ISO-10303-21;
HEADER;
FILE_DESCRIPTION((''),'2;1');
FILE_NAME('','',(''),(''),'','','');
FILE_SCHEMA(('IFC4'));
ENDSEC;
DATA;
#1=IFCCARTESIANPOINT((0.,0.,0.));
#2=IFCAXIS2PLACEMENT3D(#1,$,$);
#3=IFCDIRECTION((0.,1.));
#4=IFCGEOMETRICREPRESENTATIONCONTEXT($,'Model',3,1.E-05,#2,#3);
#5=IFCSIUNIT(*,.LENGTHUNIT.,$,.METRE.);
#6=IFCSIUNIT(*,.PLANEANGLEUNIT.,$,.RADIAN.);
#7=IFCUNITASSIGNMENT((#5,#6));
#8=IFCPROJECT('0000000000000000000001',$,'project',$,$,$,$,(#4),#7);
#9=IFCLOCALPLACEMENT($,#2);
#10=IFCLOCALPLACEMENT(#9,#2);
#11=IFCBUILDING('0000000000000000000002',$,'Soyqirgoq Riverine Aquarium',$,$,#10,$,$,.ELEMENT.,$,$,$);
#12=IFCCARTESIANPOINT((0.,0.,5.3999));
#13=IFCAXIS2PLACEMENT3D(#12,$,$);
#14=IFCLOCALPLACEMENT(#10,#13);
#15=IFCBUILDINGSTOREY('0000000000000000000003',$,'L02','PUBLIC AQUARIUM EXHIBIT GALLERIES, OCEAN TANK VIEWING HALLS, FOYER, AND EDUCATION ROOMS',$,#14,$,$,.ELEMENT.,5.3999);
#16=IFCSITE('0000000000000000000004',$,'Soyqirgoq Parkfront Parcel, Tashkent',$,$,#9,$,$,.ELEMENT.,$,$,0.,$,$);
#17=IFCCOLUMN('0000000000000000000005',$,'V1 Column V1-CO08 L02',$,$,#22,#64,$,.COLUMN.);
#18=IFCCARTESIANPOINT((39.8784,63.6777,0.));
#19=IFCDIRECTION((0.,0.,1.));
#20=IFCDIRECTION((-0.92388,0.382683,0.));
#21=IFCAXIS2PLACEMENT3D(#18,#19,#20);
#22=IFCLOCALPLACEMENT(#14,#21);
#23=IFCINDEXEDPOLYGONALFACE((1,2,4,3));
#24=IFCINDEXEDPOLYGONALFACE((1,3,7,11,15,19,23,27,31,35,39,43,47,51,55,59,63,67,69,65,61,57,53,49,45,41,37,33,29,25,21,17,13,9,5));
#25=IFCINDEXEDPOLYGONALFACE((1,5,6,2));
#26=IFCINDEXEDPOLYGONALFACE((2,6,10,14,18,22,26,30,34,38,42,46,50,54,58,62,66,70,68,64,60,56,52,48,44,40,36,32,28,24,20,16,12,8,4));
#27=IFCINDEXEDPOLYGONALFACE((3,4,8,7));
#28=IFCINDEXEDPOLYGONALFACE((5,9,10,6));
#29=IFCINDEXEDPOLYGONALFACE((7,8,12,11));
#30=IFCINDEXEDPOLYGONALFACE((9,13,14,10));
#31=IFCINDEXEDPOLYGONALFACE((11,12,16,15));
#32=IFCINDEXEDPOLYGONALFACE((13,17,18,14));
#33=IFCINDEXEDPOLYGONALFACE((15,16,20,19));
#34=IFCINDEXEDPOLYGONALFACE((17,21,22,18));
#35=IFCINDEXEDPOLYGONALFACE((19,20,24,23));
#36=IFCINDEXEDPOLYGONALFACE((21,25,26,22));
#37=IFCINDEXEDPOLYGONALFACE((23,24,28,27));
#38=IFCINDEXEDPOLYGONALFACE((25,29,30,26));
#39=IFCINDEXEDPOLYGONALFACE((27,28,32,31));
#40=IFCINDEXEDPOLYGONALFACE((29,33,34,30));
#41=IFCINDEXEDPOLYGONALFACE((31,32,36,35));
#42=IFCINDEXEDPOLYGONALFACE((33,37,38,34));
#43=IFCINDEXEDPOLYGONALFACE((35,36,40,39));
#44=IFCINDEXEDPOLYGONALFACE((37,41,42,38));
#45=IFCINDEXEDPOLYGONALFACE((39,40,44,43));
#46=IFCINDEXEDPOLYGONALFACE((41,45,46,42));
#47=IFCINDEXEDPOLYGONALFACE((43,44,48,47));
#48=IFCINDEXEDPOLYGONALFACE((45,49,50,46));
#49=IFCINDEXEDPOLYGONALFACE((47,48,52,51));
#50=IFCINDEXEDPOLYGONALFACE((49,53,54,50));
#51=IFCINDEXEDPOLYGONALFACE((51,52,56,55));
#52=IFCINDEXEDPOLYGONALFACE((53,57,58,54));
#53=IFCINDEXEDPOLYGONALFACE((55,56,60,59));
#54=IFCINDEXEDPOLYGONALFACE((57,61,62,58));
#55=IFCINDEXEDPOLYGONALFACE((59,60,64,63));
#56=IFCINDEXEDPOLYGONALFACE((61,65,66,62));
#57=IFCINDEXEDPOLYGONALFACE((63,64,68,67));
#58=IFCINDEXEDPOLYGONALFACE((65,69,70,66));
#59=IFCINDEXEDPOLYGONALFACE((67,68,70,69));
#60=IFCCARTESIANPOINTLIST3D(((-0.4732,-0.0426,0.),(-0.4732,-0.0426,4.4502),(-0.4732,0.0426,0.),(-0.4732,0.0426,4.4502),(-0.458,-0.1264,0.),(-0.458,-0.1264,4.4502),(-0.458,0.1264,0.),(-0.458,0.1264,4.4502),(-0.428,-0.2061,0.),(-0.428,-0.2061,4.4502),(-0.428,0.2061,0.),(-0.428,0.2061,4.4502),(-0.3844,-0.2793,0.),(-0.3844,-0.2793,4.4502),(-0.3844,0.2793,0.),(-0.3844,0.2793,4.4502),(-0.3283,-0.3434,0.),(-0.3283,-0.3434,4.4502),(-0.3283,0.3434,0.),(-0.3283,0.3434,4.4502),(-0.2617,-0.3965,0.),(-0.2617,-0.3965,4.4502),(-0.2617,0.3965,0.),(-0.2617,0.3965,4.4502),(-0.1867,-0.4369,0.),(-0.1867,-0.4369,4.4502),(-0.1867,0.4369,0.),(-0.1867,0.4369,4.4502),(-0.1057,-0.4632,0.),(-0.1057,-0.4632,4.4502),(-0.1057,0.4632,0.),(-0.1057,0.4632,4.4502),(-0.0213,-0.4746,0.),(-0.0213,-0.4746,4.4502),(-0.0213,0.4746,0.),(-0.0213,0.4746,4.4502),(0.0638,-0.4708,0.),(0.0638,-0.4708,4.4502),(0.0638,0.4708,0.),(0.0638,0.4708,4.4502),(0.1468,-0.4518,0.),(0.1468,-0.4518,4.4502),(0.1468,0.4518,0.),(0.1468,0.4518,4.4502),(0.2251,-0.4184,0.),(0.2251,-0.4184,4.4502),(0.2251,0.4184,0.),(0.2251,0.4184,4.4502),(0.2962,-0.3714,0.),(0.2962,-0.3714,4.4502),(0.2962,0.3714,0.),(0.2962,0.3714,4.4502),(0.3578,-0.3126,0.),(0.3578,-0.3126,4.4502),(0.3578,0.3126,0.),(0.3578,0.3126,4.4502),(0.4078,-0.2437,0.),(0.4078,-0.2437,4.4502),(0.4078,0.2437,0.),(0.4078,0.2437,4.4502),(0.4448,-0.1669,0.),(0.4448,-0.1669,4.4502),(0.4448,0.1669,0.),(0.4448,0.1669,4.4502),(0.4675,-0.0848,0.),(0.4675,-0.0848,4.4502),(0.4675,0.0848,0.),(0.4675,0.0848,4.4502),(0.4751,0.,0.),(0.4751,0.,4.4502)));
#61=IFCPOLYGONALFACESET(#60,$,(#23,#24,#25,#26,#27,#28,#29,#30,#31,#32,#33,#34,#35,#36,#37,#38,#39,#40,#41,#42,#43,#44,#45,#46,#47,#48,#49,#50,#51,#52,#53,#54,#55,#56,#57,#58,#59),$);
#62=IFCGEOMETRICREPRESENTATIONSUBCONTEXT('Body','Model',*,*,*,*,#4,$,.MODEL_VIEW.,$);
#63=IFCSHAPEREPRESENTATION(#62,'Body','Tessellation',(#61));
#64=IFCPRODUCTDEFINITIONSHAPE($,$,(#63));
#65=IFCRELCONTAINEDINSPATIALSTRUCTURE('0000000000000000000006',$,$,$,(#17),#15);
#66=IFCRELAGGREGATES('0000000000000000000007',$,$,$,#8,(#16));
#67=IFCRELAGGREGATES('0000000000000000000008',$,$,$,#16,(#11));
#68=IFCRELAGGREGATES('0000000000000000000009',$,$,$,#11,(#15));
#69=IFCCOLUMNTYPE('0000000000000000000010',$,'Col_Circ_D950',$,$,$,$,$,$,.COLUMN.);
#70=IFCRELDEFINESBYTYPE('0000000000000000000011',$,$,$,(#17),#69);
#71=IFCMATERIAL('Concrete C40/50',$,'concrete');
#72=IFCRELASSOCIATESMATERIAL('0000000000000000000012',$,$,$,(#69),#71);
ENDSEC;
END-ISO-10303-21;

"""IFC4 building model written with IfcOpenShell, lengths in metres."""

from ifc_helpers import new_model, si_unit, direction, frame, origin, origin_2d, place, context, subcontext, project, spatial, circle, extrude, material, material_profile, profile_set, type_object, element, save


model = new_model("IFC4")

# Units and contexts
model_context = context("Model", 3, precision=1e-05, world=origin(), true_north=direction((0.0, 1.0)))
body_context = subcontext(model_context, "Body", "Model", "MODEL_VIEW")
ifc_project = project(units=[si_unit("LENGTHUNIT", "METRE"), si_unit("PLANEANGLEUNIT", "RADIAN")], contexts=[model_context])

# Site, building, storey
site_placement = place(None, origin())
site = spatial("IfcSite", under=ifc_project, at=site_placement, Name="Soyqirgoq Parkfront Parcel, Tashkent", CompositionType="ELEMENT", RefElevation=0.0)
building_placement = place(site_placement, origin())
building = spatial("IfcBuilding", under=site, at=building_placement, Name="Soyqirgoq Riverine Aquarium", CompositionType="ELEMENT")
storey_placement = place(building_placement, frame((0.0, 0.0, 5.3999)))
storey = spatial("IfcBuildingStorey", under=building, at=storey_placement, Name="L02", Description="PUBLIC AQUARIUM EXHIBIT GALLERIES, OCEAN TANK VIEWING HALLS, FOYER, AND EDUCATION ROOMS", CompositionType="ELEMENT", Elevation=5.3999)

# Column
ifc_material_1 = material(Name="Concrete C40/50", Category="concrete")
ifc_material_profile_1 = material_profile(ifc_material_1, circle(Radius=0.4751, at=origin_2d()), Name="RC-COL D950")
ifc_profile_set_1 = profile_set([ifc_material_profile_1], Name="Concrete C40/50")
column_type = type_object("IfcColumnType", Name="Col_Circ_D950", PredefinedType="COLUMN", material=ifc_profile_set_1)
for number, where, z_axis, x_axis, name in (
    (1, (39.8784, 63.6777, 0.0), (0.0, 0.0, 1.0), (-0.92388, 0.382683, 0.0), "V1 Column V1-CO08 L02"),
):
    element("IfcColumn", number, at=place(storey_placement, frame(where, z_axis=z_axis, x_axis=x_axis)), inside=storey, type_object=column_type, Name=name, PredefinedType="COLUMN", context=body_context, shape_type="SweptSolid", body=[
        extrude(circle(Radius=0.4751, at=origin_2d()), origin(), (0.0, 0.0, 1.0), 4.4502),
    ])

save(model, "model.ifc")
